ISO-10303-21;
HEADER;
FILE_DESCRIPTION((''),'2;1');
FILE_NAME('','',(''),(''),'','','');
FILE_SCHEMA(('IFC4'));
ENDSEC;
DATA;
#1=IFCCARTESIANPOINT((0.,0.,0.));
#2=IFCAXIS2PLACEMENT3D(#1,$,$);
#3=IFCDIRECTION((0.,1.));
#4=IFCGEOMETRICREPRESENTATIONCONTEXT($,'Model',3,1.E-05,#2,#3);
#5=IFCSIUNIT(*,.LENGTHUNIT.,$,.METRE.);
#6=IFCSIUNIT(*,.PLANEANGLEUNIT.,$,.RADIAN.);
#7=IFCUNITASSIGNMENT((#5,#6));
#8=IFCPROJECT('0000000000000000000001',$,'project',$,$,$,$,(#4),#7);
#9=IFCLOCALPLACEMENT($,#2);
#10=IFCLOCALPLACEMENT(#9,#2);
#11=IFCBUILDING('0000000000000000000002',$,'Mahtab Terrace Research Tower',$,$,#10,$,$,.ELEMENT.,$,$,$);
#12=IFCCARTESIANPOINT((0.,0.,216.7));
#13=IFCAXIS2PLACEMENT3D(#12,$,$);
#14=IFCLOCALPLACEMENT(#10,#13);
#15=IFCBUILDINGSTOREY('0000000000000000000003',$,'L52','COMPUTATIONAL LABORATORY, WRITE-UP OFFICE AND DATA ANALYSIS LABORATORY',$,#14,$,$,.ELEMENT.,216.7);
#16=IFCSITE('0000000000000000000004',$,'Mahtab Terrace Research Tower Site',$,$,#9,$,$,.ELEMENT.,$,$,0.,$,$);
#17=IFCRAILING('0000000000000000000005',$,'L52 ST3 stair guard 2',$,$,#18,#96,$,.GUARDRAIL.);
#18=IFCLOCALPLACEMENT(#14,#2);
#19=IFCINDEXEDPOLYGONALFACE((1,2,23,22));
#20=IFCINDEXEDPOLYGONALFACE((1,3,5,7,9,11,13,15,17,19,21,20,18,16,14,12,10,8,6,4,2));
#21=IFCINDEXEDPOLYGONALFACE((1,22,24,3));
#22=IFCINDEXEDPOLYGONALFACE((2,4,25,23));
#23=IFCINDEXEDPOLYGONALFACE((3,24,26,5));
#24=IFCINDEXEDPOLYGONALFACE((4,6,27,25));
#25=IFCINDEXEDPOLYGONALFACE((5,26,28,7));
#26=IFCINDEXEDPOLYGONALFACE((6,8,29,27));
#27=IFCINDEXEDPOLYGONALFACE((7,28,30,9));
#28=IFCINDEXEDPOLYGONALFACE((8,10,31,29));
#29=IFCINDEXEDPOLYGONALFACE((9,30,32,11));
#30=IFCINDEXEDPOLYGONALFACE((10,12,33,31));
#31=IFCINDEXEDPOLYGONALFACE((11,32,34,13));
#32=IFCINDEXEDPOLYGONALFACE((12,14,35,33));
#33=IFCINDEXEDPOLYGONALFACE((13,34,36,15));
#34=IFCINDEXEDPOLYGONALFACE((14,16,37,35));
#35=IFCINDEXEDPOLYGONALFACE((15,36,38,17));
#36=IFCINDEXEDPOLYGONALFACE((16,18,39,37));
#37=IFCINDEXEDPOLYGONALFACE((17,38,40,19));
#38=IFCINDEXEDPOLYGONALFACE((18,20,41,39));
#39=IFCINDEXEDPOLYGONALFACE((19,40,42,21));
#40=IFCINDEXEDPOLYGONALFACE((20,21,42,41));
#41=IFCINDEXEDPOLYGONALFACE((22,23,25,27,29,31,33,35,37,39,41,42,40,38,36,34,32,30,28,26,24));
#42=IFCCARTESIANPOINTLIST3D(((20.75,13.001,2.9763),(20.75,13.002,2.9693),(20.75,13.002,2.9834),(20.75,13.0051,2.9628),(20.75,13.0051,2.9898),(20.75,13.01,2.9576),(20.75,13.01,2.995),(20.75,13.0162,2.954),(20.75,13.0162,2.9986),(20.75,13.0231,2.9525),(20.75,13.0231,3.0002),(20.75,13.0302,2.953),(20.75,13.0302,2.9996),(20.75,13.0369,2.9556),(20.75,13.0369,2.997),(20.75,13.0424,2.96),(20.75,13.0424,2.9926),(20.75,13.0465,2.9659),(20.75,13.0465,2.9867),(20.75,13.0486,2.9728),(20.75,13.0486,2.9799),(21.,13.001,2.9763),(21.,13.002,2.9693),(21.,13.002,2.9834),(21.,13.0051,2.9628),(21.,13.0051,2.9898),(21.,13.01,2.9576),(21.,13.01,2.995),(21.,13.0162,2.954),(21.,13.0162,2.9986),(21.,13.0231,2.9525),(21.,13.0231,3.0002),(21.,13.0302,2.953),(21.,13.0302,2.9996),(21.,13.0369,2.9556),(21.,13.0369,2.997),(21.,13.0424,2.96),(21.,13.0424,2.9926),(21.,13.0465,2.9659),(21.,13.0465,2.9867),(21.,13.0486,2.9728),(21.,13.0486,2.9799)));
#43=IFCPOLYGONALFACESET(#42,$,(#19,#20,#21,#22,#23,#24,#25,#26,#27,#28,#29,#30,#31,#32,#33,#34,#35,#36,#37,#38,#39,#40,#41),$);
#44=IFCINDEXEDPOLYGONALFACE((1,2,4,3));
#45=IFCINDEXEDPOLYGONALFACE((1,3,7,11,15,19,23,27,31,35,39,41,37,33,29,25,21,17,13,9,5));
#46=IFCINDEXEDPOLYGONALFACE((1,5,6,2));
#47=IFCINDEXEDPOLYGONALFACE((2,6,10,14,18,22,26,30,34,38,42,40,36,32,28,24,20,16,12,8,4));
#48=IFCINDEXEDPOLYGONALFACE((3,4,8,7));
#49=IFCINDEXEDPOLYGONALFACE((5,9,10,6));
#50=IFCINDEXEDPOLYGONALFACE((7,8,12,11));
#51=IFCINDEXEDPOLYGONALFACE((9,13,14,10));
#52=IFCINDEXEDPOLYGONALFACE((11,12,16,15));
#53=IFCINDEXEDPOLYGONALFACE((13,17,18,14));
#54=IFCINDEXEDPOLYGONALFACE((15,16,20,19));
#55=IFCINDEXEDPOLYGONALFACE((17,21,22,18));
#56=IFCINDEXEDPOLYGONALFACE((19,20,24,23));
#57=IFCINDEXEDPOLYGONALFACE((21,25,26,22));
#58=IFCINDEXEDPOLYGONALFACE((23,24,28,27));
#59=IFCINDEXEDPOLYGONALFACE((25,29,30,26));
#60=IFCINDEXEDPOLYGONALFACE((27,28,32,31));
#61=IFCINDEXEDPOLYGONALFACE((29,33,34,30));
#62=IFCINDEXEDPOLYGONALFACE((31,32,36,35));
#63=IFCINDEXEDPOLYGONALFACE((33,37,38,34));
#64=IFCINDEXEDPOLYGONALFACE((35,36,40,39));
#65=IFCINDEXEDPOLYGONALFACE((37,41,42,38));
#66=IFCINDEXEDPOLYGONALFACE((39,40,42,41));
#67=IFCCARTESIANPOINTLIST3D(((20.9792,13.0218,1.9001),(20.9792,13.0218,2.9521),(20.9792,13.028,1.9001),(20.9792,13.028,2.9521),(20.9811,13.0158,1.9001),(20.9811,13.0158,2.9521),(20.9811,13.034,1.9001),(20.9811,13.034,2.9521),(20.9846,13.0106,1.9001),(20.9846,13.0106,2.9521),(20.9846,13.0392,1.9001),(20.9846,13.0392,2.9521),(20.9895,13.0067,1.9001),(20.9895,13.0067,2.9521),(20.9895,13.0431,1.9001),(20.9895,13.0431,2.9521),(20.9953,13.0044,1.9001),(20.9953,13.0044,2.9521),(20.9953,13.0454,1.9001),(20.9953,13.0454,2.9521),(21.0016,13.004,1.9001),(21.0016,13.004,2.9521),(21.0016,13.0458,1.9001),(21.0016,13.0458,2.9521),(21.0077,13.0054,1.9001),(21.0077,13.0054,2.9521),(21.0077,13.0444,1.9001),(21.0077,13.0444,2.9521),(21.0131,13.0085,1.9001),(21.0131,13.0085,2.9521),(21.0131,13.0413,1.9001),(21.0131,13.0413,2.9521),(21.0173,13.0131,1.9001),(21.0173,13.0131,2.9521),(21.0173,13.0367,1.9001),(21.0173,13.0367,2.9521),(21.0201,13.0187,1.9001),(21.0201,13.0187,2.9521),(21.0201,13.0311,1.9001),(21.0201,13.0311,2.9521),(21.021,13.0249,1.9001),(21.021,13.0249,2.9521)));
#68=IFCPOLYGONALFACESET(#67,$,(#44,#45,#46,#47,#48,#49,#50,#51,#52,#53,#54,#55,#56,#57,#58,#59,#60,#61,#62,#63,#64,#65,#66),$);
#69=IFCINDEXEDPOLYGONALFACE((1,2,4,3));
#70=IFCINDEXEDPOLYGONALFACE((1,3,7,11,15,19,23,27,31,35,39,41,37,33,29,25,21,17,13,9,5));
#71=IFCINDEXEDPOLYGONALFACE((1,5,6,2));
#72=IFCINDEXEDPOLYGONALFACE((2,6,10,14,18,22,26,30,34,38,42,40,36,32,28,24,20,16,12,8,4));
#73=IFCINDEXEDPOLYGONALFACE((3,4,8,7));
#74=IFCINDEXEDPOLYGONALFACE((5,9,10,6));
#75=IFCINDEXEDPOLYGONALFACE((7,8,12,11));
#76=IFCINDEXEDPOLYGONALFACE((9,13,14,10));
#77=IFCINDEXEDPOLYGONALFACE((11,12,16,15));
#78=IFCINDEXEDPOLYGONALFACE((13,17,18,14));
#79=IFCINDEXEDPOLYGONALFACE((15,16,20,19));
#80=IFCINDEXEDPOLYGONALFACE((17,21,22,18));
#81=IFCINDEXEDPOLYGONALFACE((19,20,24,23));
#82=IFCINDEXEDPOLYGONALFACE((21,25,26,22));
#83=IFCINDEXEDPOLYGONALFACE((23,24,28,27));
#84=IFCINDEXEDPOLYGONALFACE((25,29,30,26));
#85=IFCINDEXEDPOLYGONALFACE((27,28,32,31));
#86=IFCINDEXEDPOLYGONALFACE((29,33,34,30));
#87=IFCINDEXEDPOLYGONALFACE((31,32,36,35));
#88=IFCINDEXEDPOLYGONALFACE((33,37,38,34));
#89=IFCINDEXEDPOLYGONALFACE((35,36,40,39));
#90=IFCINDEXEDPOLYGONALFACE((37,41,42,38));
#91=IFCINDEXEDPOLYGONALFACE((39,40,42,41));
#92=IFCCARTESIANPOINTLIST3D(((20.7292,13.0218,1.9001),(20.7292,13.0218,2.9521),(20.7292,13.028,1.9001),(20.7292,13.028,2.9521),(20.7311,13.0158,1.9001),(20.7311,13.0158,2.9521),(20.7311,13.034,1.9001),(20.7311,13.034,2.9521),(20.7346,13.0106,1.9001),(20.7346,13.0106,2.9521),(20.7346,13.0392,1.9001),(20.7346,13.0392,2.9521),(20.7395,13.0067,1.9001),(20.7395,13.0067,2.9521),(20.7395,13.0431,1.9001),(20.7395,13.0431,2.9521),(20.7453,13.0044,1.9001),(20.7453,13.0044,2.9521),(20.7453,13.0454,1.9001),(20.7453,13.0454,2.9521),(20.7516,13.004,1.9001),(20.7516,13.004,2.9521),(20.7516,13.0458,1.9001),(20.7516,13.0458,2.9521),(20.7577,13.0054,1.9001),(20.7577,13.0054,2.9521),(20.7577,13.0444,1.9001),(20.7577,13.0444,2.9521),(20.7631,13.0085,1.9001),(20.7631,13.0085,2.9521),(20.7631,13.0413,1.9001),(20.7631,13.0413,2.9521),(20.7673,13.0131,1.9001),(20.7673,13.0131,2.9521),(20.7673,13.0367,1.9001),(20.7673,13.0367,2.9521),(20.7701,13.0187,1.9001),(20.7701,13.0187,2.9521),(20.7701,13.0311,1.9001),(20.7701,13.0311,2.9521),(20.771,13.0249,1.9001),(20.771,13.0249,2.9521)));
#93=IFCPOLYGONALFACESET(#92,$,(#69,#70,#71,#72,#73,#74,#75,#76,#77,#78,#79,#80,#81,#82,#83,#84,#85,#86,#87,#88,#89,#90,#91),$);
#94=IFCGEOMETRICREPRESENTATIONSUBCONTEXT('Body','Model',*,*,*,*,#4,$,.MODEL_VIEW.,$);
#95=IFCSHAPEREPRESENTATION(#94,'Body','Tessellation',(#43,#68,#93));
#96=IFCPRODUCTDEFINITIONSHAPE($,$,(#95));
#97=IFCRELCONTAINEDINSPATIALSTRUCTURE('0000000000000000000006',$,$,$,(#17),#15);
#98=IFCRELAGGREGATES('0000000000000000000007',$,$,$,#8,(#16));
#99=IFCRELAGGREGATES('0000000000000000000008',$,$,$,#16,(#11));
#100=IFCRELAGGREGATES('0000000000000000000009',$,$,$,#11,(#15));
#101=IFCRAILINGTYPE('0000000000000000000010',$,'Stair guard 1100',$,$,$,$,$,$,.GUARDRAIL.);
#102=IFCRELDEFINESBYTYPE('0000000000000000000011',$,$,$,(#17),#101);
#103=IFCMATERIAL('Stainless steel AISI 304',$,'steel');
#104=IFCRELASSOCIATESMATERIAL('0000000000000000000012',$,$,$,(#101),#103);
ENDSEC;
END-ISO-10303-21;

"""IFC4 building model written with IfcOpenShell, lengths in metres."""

from ifc_helpers import new_model, si_unit, direction, frame, origin, origin_2d, place, context, subcontext, project, spatial, circle, extrude, material, type_object, element, save


model = new_model("IFC4")

# Units and contexts
model_context = context("Model", 3, precision=1e-05, world=origin(), true_north=direction((0.0, 1.0)))
body_context = subcontext(model_context, "Body", "Model", "MODEL_VIEW")
ifc_project = project(units=[si_unit("LENGTHUNIT", "METRE"), si_unit("PLANEANGLEUNIT", "RADIAN")], contexts=[model_context])

# Site, building, storey
site_placement = place(None, origin())
site = spatial("IfcSite", under=ifc_project, at=site_placement, Name="Mahtab Terrace Research Tower Site", CompositionType="ELEMENT", RefElevation=0.0)
building_placement = place(site_placement, origin())
building = spatial("IfcBuilding", under=site, at=building_placement, Name="Mahtab Terrace Research Tower", CompositionType="ELEMENT")
storey_placement = place(building_placement, frame((0.0, 0.0, 216.7)))
storey = spatial("IfcBuildingStorey", under=building, at=storey_placement, Name="L52", Description="COMPUTATIONAL LABORATORY, WRITE-UP OFFICE AND DATA ANALYSIS LABORATORY", CompositionType="ELEMENT", Elevation=216.7)

# Railing
ifc_material_1 = material(Name="Stainless steel AISI 304", Category="steel")
railing_type_1 = type_object("IfcRailingType", Name="Stair guard 1100", PredefinedType="GUARDRAIL", material=ifc_material_1)
railing_1_placement = place(storey_placement, frame((21.0, 13.0249, 1.9001)))
element("IfcRailing", 1, at=railing_1_placement, inside=storey, type_object=railing_type_1, Name="L52 ST3 stair guard 2", PredefinedType="GUARDRAIL", context=body_context, shape_type="SweptSolid", body=[
    extrude(circle(Radius=0.0239, at=origin_2d()), frame((0.0, 0.0, 1.0762), z_axis=(-1.0, 0.0, 0.0), x_axis=(0.0, -1.0, 0.0)), (0.0, 0.0, 1.0), 0.25),
    extrude(circle(Radius=0.021, at=origin_2d()), origin(), (0.0, 0.0, 1.0), 1.052),
    extrude(circle(Radius=0.021, at=origin_2d()), frame((-0.25, 0.0, 0.0)), (0.0, 0.0, 1.0), 1.052),
])

save(model, "model.ifc")
